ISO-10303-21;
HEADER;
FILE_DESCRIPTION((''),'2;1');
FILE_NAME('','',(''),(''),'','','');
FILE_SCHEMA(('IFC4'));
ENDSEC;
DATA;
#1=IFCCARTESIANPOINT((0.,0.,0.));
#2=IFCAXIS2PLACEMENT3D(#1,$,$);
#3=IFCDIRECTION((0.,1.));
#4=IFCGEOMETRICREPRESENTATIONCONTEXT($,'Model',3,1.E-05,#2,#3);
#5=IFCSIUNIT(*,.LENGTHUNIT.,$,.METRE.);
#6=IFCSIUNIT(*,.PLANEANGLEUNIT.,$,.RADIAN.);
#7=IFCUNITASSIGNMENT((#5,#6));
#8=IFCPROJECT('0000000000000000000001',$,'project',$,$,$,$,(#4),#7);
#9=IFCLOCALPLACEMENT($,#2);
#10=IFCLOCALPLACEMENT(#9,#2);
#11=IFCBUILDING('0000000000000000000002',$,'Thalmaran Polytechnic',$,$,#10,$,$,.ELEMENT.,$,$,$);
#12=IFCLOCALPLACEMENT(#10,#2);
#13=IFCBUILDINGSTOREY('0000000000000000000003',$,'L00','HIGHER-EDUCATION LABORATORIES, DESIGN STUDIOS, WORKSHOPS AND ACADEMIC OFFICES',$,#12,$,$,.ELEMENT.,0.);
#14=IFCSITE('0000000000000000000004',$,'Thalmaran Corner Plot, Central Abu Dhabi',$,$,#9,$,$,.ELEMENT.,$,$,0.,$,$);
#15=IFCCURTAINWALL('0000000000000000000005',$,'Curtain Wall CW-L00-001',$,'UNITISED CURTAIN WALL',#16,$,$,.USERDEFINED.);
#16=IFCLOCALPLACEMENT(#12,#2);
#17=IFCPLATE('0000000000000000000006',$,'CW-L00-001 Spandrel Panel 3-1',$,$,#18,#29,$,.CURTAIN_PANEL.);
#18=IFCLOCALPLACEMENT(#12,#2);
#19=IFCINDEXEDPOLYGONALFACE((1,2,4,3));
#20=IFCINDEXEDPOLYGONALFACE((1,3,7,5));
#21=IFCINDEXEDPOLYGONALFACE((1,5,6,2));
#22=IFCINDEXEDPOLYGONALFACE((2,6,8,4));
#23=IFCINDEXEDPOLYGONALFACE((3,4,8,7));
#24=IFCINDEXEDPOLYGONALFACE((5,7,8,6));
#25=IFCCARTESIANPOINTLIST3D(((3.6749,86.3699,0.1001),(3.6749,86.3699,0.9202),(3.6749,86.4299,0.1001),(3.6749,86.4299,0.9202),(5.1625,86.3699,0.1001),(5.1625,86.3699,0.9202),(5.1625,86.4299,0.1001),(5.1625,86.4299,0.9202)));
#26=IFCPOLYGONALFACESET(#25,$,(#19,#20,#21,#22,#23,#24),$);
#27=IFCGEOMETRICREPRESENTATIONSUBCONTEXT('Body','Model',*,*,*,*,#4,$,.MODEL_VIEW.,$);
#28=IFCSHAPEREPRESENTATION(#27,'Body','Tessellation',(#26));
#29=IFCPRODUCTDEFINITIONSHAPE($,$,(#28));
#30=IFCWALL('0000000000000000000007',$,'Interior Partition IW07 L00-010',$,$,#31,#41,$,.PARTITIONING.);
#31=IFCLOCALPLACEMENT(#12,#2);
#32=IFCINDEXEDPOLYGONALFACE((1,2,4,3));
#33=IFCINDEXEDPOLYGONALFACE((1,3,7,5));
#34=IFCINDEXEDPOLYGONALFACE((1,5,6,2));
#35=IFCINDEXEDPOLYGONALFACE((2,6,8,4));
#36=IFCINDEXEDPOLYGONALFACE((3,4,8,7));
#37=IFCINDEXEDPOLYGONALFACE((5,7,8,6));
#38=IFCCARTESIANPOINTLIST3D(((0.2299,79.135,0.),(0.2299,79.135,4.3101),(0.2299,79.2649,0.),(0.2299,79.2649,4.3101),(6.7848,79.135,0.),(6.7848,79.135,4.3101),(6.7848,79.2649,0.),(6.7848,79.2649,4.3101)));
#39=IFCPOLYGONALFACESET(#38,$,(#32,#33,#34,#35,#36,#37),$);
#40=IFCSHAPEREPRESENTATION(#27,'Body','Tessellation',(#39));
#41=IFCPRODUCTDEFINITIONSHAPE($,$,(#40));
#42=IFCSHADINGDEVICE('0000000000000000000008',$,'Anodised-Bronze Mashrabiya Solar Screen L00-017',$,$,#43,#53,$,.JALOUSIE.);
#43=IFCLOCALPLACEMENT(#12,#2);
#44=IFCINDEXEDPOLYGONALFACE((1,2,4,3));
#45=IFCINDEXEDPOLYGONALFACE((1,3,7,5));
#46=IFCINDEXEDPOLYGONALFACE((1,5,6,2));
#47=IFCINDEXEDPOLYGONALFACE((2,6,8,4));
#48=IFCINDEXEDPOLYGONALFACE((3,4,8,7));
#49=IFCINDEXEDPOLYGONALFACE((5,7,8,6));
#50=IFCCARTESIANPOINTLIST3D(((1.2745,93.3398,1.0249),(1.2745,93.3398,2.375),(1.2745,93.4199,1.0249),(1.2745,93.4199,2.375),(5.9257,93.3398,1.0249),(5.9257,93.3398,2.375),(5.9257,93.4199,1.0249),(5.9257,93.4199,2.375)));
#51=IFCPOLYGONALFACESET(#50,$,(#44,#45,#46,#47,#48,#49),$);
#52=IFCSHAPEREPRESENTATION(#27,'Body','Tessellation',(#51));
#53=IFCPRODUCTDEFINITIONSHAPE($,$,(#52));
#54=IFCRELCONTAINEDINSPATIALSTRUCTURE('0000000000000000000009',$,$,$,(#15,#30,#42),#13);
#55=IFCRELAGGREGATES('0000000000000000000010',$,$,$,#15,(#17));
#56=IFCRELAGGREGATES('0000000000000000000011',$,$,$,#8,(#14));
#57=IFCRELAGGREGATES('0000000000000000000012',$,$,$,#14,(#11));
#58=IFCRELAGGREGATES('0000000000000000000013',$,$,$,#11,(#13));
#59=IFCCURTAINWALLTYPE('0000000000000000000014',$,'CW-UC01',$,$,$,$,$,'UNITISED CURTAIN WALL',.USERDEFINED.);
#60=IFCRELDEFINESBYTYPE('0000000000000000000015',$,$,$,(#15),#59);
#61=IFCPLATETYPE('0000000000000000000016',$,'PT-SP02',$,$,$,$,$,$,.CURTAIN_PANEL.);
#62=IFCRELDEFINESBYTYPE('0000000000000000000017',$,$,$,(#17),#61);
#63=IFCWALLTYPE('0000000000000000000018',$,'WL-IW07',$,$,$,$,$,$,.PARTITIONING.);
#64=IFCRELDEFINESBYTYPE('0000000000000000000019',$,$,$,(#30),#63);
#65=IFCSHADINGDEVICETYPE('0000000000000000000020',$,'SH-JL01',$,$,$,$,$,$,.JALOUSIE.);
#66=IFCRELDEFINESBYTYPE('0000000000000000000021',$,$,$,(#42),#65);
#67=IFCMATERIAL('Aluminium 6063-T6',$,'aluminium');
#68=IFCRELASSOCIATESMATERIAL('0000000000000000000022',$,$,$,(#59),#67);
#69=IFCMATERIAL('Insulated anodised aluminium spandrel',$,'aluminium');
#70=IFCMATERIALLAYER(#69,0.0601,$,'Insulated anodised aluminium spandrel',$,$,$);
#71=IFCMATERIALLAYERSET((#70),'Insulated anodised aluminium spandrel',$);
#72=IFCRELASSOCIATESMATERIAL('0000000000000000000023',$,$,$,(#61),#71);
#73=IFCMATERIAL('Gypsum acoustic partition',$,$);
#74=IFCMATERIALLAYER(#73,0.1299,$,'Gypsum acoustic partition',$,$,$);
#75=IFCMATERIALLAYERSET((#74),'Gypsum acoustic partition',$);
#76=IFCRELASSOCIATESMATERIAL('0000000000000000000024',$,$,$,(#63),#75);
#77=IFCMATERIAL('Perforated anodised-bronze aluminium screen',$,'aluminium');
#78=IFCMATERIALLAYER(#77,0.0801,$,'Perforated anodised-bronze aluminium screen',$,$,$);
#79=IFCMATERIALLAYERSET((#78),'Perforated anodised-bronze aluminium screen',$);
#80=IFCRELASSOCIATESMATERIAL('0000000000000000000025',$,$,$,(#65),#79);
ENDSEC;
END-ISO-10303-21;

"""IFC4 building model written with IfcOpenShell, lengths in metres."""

from ifc_helpers import new_model, si_unit, direction, frame, frame_2d, origin, origin_2d, place, context, subcontext, project, spatial, rectangle, extrude, material, layer, layer_set, type_object, element, aggregate, save


model = new_model("IFC4")

# Units and contexts
model_context = context("Model", 3, precision=1e-05, world=origin(), true_north=direction((0.0, 1.0)))
body_context = subcontext(model_context, "Body", "Model", "MODEL_VIEW")
ifc_project = project(units=[si_unit("LENGTHUNIT", "METRE"), si_unit("PLANEANGLEUNIT", "RADIAN")], contexts=[model_context])

# Site, building, storey
site_placement = place(None, origin())
site = spatial("IfcSite", under=ifc_project, at=site_placement, Name="Thalmaran Corner Plot, Central Abu Dhabi", CompositionType="ELEMENT", RefElevation=0.0)
building_placement = place(site_placement, origin())
building = spatial("IfcBuilding", under=site, at=building_placement, Name="Thalmaran Polytechnic", CompositionType="ELEMENT")
storey_placement = place(building_placement, origin())
storey = spatial("IfcBuildingStorey", under=building, at=storey_placement, Name="L00", Description="HIGHER-EDUCATION LABORATORIES, DESIGN STUDIOS, WORKSHOPS AND ACADEMIC OFFICES", CompositionType="ELEMENT", Elevation=0.0)

# Curtain wall
ifc_material_1 = material(Name="Aluminium 6063-T6", Category="aluminium")
curtain_wall_type = type_object("IfcCurtainWallType", Name="CW-UC01", ElementType="UNITISED CURTAIN WALL", PredefinedType="USERDEFINED", material=ifc_material_1)
curtain_wall_placement = place(storey_placement, origin())
curtain_wall = element("IfcCurtainWall", 1, at=curtain_wall_placement, inside=storey, type_object=curtain_wall_type, Name="Curtain Wall CW-L00-001", ObjectType="UNITISED CURTAIN WALL", PredefinedType="USERDEFINED")

# Plate
ifc_material_2 = material(Name="Insulated anodised aluminium spandrel", Category="aluminium")
ifc_layer_1 = layer(ifc_material_2, 0.0601, Name="Insulated anodised aluminium spandrel")
ifc_layer_set_1 = layer_set([ifc_layer_1], Name="Insulated anodised aluminium spandrel")
plate_type_1 = type_object("IfcPlateType", Name="PT-SP02", PredefinedType="CURTAIN_PANEL", material=ifc_layer_set_1)
plate_1_placement = place(storey_placement, frame((4.4187, 86.3999, 0.1001), z_axis=(0.0, 0.0, 1.0), x_axis=(1.0, 0.0, 0.0)))
plate_1 = element("IfcPlate", 2, at=plate_1_placement, type_object=plate_type_1, Name="CW-L00-001 Spandrel Panel 3-1", PredefinedType="CURTAIN_PANEL", context=body_context, shape_type="SweptSolid", body=[
    extrude(rectangle(XDim=1.4875, YDim=0.0601, at=origin_2d()), origin(), (0.0, 0.0, 1.0), 0.8201),
])
aggregate(curtain_wall, [plate_1])

# Wall
ifc_material_3 = material(Name="Gypsum acoustic partition")
ifc_layer_2 = layer(ifc_material_3, 0.1299, Name="Gypsum acoustic partition")
ifc_layer_set_2 = layer_set([ifc_layer_2], Name="Gypsum acoustic partition")
wall_type_1 = type_object("IfcWallType", Name="WL-IW07", PredefinedType="PARTITIONING", material=ifc_layer_set_2)
wall_1_placement = place(storey_placement, frame((0.23, 79.2, 0.0), z_axis=(0.0, 0.0, 1.0), x_axis=(1.0, 0.0, 0.0)))
element("IfcWall", 3, at=wall_1_placement, inside=storey, type_object=wall_type_1, Name="Interior Partition IW07 L00-010", PredefinedType="PARTITIONING", context=body_context, shape_type="SweptSolid", body=[
    extrude(rectangle(XDim=6.5549, YDim=0.1299, at=frame_2d((3.2773, 0.0))), origin(), (0.0, 0.0, 1.0), 4.3101),
])

# Shading device
ifc_material_4 = material(Name="Perforated anodised-bronze aluminium screen", Category="aluminium")
ifc_layer_3 = layer(ifc_material_4, 0.0801, Name="Perforated anodised-bronze aluminium screen")
ifc_layer_set_3 = layer_set([ifc_layer_3], Name="Perforated anodised-bronze aluminium screen")
shading_device_type = type_object("IfcShadingDeviceType", Name="SH-JL01", PredefinedType="JALOUSIE", material=ifc_layer_set_3)
shading_device_placement = place(storey_placement, frame((3.6001, 93.3799, 1.0249), z_axis=(0.0, 0.0, 1.0), x_axis=(-1.0, 0.0, 0.0)))
element("IfcShadingDevice", 4, at=shading_device_placement, inside=storey, type_object=shading_device_type, Name="Anodised-Bronze Mashrabiya Solar Screen L00-017", PredefinedType="JALOUSIE", context=body_context, shape_type="SweptSolid", body=[
    extrude(rectangle(XDim=4.6511, YDim=0.0801, at=origin_2d()), origin(), (0.0, 0.0, 1.0), 1.3501),
])

save(model, "model.ifc")
